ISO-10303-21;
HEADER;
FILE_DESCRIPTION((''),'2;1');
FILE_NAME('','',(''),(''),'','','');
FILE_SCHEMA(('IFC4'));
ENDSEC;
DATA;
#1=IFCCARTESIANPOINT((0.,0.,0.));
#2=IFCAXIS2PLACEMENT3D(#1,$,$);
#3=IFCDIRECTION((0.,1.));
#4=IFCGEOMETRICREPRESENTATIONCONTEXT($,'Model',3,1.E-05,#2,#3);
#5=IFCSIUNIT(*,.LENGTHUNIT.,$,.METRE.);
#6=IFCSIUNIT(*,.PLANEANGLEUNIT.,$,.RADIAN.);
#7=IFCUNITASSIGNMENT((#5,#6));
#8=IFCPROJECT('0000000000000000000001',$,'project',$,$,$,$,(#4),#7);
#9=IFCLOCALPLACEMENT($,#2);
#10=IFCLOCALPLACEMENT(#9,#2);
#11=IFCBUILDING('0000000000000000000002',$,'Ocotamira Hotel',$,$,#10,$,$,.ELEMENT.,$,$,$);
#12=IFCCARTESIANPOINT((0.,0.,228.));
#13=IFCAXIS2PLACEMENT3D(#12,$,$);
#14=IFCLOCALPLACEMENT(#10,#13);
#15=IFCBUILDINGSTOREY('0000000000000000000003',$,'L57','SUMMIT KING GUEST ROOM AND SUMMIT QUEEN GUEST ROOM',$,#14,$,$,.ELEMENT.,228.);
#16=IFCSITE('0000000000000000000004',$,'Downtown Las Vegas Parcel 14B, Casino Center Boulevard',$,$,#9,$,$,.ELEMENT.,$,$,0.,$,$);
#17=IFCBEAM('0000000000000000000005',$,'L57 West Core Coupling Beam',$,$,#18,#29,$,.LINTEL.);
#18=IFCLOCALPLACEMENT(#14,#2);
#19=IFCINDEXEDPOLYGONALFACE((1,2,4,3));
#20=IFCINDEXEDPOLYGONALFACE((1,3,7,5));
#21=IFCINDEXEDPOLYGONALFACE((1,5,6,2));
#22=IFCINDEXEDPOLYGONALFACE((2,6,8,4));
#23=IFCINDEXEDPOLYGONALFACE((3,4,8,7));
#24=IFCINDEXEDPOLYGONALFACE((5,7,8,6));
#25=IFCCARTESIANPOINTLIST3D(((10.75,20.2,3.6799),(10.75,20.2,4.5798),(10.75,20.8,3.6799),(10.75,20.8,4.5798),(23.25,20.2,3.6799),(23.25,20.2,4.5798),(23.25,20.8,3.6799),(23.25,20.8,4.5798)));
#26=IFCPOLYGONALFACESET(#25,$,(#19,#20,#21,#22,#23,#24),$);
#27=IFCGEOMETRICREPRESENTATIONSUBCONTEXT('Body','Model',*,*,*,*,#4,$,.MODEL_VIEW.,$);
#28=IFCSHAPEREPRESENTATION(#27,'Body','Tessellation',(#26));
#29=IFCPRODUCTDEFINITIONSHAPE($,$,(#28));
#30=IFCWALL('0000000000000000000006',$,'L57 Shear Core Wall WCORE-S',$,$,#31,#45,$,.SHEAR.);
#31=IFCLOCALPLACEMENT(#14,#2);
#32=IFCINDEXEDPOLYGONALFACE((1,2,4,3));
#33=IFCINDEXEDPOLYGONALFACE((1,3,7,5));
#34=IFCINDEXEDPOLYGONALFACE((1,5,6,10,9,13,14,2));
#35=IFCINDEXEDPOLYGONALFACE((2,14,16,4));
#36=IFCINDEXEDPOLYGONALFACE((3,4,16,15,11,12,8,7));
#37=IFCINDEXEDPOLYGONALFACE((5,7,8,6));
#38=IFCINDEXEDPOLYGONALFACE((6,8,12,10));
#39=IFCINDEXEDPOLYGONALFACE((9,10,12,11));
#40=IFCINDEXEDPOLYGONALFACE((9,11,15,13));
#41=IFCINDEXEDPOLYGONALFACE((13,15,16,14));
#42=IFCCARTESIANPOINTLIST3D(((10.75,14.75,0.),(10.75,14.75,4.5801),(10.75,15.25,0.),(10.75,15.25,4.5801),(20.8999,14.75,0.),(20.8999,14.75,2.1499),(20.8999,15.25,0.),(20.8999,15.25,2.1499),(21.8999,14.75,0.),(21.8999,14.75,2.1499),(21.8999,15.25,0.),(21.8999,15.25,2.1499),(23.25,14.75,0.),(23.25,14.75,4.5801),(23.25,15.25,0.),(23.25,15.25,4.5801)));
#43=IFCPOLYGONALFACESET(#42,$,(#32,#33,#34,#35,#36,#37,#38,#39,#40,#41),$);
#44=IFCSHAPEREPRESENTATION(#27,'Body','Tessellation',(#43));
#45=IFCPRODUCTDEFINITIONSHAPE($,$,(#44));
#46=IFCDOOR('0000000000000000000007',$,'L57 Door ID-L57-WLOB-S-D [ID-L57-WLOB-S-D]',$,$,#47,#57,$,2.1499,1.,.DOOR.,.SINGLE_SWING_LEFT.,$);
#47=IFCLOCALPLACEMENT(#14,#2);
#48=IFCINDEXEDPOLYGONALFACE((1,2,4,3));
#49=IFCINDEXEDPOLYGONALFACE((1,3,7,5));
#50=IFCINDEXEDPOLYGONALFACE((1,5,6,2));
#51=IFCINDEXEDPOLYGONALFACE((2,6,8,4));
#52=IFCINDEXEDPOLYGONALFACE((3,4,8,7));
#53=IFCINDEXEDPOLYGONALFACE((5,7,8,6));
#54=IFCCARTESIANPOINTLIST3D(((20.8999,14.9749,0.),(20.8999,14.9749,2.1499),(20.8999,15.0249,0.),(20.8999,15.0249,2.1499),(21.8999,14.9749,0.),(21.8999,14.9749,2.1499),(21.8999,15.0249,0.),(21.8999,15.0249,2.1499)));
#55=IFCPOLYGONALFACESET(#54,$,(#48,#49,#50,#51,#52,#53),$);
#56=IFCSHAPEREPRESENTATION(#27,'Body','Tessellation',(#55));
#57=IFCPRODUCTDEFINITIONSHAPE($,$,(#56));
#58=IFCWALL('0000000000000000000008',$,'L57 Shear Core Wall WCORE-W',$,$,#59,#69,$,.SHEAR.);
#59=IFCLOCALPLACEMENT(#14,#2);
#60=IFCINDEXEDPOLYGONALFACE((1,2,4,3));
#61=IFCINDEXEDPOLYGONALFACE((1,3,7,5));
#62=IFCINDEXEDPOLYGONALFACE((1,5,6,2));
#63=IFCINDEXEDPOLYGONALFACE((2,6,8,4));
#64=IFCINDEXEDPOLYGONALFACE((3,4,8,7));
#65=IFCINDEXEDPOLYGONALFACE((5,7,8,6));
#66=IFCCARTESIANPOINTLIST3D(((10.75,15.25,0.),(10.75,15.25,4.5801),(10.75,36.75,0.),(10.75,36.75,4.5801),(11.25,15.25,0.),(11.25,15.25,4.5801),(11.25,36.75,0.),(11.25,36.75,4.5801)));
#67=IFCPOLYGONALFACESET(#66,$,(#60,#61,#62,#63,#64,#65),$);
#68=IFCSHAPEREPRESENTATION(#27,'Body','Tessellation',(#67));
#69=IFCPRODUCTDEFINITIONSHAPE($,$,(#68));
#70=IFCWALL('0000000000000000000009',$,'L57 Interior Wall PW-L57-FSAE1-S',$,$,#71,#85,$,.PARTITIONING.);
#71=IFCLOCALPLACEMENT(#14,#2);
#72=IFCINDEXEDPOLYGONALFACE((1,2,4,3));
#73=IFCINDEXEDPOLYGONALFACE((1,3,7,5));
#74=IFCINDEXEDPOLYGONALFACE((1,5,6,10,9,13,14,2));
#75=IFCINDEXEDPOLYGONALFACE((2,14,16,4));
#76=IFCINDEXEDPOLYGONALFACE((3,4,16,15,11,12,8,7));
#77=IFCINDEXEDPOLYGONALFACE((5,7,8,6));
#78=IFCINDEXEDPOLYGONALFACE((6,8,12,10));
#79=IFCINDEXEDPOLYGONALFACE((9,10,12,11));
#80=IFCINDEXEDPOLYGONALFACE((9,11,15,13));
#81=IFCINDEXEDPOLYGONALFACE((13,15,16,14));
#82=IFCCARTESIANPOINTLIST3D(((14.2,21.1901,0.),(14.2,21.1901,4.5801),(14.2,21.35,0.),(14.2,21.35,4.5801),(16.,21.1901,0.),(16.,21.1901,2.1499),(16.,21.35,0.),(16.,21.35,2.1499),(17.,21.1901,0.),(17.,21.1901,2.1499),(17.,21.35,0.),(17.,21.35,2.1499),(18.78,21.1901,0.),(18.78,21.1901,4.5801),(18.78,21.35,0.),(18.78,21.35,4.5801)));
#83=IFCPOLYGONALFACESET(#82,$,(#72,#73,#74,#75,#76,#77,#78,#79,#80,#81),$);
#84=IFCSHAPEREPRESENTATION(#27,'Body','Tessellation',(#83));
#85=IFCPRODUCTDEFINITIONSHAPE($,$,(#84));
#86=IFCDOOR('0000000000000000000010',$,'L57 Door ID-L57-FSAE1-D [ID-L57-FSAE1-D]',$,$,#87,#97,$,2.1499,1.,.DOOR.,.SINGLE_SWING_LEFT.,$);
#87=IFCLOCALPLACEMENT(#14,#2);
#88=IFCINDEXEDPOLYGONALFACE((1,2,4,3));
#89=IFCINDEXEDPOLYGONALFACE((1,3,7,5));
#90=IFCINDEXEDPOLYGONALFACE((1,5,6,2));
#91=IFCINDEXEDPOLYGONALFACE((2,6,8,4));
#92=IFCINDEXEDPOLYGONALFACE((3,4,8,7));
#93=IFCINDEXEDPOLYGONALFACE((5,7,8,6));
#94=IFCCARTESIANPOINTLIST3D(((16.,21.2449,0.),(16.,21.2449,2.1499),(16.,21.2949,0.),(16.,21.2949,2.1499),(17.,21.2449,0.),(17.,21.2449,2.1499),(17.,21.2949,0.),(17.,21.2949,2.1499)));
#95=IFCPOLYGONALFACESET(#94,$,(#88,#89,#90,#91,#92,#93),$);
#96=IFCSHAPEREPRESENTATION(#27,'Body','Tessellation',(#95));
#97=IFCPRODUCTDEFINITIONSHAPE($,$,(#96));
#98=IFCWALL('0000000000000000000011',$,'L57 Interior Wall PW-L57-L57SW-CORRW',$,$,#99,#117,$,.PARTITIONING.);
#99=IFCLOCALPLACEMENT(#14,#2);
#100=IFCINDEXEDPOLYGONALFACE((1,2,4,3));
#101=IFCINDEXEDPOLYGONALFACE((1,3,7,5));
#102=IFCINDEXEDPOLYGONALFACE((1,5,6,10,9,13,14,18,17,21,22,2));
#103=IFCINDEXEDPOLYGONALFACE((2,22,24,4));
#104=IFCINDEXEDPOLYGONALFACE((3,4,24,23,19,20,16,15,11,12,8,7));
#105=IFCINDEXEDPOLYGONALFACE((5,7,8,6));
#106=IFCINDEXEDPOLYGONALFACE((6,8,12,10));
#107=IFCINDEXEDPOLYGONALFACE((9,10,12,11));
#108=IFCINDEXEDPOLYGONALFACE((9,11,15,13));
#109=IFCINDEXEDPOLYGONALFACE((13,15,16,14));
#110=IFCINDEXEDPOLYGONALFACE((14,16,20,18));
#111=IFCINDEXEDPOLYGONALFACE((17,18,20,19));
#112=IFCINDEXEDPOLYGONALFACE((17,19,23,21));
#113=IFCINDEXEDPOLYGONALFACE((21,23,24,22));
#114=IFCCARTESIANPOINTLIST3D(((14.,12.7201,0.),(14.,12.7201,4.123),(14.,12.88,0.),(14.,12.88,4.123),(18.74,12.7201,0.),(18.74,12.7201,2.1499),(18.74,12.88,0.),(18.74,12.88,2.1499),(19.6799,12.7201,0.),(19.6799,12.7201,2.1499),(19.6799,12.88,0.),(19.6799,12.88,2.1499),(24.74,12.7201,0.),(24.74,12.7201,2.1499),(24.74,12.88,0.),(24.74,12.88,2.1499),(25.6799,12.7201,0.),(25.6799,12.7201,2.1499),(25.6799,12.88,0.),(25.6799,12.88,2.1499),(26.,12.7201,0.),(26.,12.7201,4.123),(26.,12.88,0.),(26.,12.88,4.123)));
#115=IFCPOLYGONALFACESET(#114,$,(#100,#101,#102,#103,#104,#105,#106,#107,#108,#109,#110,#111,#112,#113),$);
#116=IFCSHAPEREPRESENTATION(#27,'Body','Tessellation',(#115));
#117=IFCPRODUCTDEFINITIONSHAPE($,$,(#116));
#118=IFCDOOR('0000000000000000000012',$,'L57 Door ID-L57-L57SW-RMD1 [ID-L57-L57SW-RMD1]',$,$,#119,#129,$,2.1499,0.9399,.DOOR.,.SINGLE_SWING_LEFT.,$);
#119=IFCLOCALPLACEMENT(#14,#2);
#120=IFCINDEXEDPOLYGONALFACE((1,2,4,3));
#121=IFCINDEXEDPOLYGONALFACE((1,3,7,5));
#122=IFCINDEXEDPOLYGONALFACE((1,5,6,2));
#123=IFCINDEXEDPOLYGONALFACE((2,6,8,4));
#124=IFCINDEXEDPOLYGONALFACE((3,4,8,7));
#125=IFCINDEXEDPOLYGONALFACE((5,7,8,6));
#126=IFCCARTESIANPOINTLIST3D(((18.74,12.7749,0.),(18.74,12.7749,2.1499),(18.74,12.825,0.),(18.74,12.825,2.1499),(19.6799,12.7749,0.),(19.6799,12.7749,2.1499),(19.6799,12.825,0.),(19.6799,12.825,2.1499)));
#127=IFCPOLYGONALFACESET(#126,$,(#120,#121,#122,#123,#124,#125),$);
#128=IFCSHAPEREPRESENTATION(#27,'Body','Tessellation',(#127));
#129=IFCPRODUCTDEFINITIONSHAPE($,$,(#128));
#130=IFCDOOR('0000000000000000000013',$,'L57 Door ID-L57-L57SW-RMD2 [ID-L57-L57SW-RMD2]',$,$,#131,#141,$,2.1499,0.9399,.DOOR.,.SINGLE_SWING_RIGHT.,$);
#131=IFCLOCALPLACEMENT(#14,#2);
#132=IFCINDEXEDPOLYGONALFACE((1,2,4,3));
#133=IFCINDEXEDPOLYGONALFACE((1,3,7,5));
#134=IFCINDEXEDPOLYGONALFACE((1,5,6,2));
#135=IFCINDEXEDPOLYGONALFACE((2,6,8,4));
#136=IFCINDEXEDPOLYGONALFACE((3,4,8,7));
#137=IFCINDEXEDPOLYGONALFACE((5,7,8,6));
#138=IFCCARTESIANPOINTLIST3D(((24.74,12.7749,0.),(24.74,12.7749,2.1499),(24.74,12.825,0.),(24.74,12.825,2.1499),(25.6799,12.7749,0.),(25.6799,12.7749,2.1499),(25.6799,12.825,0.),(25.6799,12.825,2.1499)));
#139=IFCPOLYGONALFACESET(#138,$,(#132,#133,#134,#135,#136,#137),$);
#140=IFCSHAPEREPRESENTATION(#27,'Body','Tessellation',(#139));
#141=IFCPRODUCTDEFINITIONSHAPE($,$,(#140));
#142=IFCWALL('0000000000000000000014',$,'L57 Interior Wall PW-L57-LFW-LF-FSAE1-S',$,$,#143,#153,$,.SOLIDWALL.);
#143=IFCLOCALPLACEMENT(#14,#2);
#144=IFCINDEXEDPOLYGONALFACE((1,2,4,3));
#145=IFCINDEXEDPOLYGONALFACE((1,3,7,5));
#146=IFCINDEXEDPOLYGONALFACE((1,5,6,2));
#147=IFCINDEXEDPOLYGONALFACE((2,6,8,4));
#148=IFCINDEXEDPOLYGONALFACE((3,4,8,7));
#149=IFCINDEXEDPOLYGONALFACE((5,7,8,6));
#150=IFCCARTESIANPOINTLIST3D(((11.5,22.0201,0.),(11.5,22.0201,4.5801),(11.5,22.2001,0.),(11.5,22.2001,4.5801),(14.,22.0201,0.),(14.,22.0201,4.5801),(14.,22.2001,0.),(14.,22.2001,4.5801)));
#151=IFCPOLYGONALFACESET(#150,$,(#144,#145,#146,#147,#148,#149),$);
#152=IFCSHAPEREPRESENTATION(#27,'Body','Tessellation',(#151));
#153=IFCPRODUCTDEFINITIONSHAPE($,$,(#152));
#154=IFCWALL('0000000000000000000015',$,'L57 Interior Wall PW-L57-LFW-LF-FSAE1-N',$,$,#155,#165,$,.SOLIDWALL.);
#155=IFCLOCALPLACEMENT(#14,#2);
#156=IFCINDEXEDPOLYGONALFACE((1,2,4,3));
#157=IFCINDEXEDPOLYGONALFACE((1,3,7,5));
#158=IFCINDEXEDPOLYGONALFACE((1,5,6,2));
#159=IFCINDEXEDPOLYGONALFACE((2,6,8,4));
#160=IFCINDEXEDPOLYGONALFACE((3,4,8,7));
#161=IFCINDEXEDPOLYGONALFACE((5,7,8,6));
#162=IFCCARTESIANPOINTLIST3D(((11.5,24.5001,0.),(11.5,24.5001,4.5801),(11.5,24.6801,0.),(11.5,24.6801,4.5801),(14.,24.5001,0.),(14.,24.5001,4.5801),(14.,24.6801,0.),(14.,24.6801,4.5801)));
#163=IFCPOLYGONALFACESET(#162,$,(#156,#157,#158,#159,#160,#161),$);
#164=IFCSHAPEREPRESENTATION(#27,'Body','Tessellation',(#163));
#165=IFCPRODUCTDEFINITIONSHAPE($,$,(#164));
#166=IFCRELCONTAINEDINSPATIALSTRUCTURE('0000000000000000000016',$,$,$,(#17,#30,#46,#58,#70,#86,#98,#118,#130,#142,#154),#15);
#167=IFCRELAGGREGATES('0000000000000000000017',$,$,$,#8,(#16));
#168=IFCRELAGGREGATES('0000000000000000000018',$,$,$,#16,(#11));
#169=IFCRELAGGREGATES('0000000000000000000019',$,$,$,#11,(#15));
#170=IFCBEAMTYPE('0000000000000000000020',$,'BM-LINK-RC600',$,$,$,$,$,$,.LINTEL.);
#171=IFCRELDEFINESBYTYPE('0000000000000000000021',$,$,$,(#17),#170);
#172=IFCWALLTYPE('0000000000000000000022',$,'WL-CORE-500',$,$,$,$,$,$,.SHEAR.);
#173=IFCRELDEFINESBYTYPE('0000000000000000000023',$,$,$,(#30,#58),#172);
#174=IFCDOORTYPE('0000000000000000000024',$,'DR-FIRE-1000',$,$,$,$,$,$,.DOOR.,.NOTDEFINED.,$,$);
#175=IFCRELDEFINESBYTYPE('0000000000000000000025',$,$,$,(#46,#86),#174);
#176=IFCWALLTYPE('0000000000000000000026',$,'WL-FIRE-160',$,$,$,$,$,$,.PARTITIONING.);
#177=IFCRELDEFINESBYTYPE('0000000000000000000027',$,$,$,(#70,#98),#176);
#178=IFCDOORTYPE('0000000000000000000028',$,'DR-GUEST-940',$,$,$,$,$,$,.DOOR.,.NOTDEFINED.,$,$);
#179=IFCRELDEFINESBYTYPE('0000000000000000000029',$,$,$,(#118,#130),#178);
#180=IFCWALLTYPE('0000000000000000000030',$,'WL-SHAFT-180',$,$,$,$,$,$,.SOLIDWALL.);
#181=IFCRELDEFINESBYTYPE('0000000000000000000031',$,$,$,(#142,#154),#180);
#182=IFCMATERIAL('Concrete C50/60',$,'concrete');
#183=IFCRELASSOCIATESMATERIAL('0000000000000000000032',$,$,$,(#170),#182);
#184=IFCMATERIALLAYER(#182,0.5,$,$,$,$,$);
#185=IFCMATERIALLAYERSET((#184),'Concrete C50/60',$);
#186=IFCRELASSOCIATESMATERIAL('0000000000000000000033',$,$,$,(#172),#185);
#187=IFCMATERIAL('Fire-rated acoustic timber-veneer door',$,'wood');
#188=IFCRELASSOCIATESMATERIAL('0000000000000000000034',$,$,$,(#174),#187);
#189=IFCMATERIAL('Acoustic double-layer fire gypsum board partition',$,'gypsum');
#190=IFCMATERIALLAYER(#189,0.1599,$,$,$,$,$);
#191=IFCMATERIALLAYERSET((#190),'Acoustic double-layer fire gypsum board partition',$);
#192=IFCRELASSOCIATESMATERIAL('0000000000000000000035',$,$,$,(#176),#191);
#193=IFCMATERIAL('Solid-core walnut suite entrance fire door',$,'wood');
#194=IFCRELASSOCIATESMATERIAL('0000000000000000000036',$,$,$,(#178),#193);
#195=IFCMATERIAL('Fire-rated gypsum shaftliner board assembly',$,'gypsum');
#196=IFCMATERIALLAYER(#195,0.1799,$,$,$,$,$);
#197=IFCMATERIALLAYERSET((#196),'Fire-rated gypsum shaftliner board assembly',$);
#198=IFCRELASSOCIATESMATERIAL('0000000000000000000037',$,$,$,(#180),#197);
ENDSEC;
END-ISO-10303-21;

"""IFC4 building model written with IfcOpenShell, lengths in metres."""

from ifc_helpers import new_model, si_unit, direction, frame, frame_2d, origin, origin_2d, place, context, subcontext, project, spatial, rectangle, extrude, source, transform, mapped, material, layer, layer_set, material_profile, profile_set, type_object, element, fill, save


model = new_model("IFC4")

# Units and contexts
model_context = context("Model", 3, precision=1e-05, world=origin(), true_north=direction((0.0, 1.0)))
body_context = subcontext(model_context, "Body", "Model", "MODEL_VIEW")
ifc_project = project(units=[si_unit("LENGTHUNIT", "METRE"), si_unit("PLANEANGLEUNIT", "RADIAN")], contexts=[model_context])

# Site, building, storey
site_placement = place(None, origin())
site = spatial("IfcSite", under=ifc_project, at=site_placement, Name="Downtown Las Vegas Parcel 14B, Casino Center Boulevard", CompositionType="ELEMENT", RefElevation=0.0)
building_placement = place(site_placement, origin())
building = spatial("IfcBuilding", under=site, at=building_placement, Name="Ocotamira Hotel", CompositionType="ELEMENT")
storey_placement = place(building_placement, frame((0.0, 0.0, 228.0)))
storey = spatial("IfcBuildingStorey", under=building, at=storey_placement, Name="L57", Description="SUMMIT KING GUEST ROOM AND SUMMIT QUEEN GUEST ROOM", CompositionType="ELEMENT", Elevation=228.0)

# Beam
ifc_material_1 = material(Name="Concrete C50/60", Category="concrete")
ifc_material_profile = material_profile(ifc_material_1, rectangle(XDim=0.6001, YDim=0.8999, at=origin_2d()), Name="RC600X900")
ifc_profile_set = profile_set([ifc_material_profile], Name="Concrete C50/60")
beam_type = type_object("IfcBeamType", Name="BM-LINK-RC600", PredefinedType="LINTEL", material=ifc_profile_set)
shared_shape_1 = source(origin(), body_context, "Body", "SweptSolid", [
    extrude(rectangle(XDim=0.6001, YDim=0.8999, at=origin_2d()), origin(), (0.0, 0.0, 1.0), 12.5),
])
beam_placement = place(storey_placement, frame((10.75, 20.5, 4.1299), z_axis=(1.0, 0.0, 0.0), x_axis=(0.0, 1.0, 0.0)))
element("IfcBeam", 1, at=beam_placement, inside=storey, type_object=beam_type, Name="L57 West Core Coupling Beam", PredefinedType="LINTEL", context=body_context, shape_type="MappedRepresentation", body=[
    mapped(shared_shape_1, transform((0.0, 0.0, 0.0), scale=1.0)),
])

# Wall, opening, door
ifc_layer_1 = layer(ifc_material_1, 0.5)
ifc_layer_set_1 = layer_set([ifc_layer_1], Name="Concrete C50/60")
wall_type_1 = type_object("IfcWallType", Name="WL-CORE-500", PredefinedType="SHEAR", material=ifc_layer_set_1)
wall_1_placement = place(storey_placement, frame((10.75, 15.0, 0.0), z_axis=(0.0, 0.0, 1.0), x_axis=(1.0, 0.0, 0.0)))
wall_1 = element("IfcWall", 2, at=wall_1_placement, inside=storey, type_object=wall_type_1, Name="L57 Shear Core Wall WCORE-S", PredefinedType="SHEAR", context=body_context, shape_type="SweptSolid", body=[
    extrude(rectangle(XDim=12.5, YDim=0.5, at=frame_2d((6.25, 0.0))), origin(), (0.0, 0.0, 1.0), 4.5801),
])
opening_1_placement = place(wall_1_placement, frame((10.1499, 0.0, 0.0)))
opening_1 = element("IfcOpeningElement", 3, at=opening_1_placement, cuts=wall_1, PredefinedType="OPENING", context=body_context, shape_type="SweptSolid", body=[
    extrude(rectangle(XDim=1.0, YDim=2.1499, at=frame_2d((0.5, 1.075))), frame((0.0, 0.26, 0.0), z_axis=(0.0, -1.0, 0.0), x_axis=(1.0, 0.0, 0.0)), (0.0, 0.0, 1.0), 0.52),
])
ifc_material_2 = material(Name="Fire-rated acoustic timber-veneer door", Category="wood")
door_type_1 = type_object("IfcDoorType", Name="DR-FIRE-1000", OperationType="NOTDEFINED", PredefinedType="DOOR", material=ifc_material_2)
shared_shape_2 = source(origin(), body_context, "Body", "SweptSolid", [
    extrude(rectangle(XDim=1.0, YDim=2.1499, at=frame_2d((0.5, 1.075))), frame((0.0, 0.0249, 0.0), z_axis=(0.0, -1.0, 0.0), x_axis=(1.0, 0.0, 0.0)), (0.0, 0.0, 1.0), 0.05),
])
door_1_placement = place(opening_1_placement, origin())
door_1 = element("IfcDoor", 4, at=door_1_placement, inside=storey, type_object=door_type_1, Name="L57 Door ID-L57-WLOB-S-D [ID-L57-WLOB-S-D]", OperationType="SINGLE_SWING_LEFT", OverallHeight=2.1499, OverallWidth=1.0, PredefinedType="DOOR", context=body_context, shape_type="MappedRepresentation", body=[
    mapped(shared_shape_2, transform((0.0, 0.0, 0.0), scale=1.0)),
])
fill(opening_1, door_1)

# Wall
wall_2_placement = place(storey_placement, frame((11.0, 15.25, 0.0), z_axis=(0.0, 0.0, 1.0), x_axis=(0.0, 1.0, 0.0)))
element("IfcWall", 5, at=wall_2_placement, inside=storey, type_object=wall_type_1, Name="L57 Shear Core Wall WCORE-W", PredefinedType="SHEAR", context=body_context, shape_type="SweptSolid", body=[
    extrude(rectangle(XDim=21.5, YDim=0.5, at=frame_2d((10.75, 0.0))), origin(), (0.0, 0.0, 1.0), 4.5801),
])

# Wall, opening, door
ifc_material_3 = material(Name="Acoustic double-layer fire gypsum board partition", Category="gypsum")
ifc_layer_2 = layer(ifc_material_3, 0.1599)
ifc_layer_set_2 = layer_set([ifc_layer_2], Name="Acoustic double-layer fire gypsum board partition")
wall_type_2 = type_object("IfcWallType", Name="WL-FIRE-160", PredefinedType="PARTITIONING", material=ifc_layer_set_2)
wall_3_placement = place(storey_placement, frame((14.2, 21.27, 0.0), z_axis=(0.0, 0.0, 1.0), x_axis=(1.0, 0.0, 0.0)))
wall_3 = element("IfcWall", 6, at=wall_3_placement, inside=storey, type_object=wall_type_2, Name="L57 Interior Wall PW-L57-FSAE1-S", PredefinedType="PARTITIONING", context=body_context, shape_type="SweptSolid", body=[
    extrude(rectangle(XDim=4.5801, YDim=0.1599, at=frame_2d((2.29, 0.0))), origin(), (0.0, 0.0, 1.0), 4.5801),
])
opening_2_placement = place(wall_3_placement, frame((1.8, 0.0, 0.0)))
opening_2 = element("IfcOpeningElement", 7, at=opening_2_placement, cuts=wall_3, PredefinedType="OPENING", context=body_context, shape_type="SweptSolid", body=[
    extrude(rectangle(XDim=1.0, YDim=2.1499, at=frame_2d((0.5, 1.075))), frame((0.0, 0.0898, 0.0), z_axis=(0.0, -1.0, 0.0), x_axis=(1.0, 0.0, 0.0)), (0.0, 0.0, 1.0), 0.1799),
])
door_2_placement = place(opening_2_placement, origin())
door_2 = element("IfcDoor", 8, at=door_2_placement, inside=storey, type_object=door_type_1, Name="L57 Door ID-L57-FSAE1-D [ID-L57-FSAE1-D]", OperationType="SINGLE_SWING_LEFT", OverallHeight=2.1499, OverallWidth=1.0, PredefinedType="DOOR", context=body_context, shape_type="MappedRepresentation", body=[
    mapped(shared_shape_2, transform((0.0, 0.0, 0.0), scale=1.0)),
])
fill(opening_2, door_2)

# Wall, openings, doors
wall_4_placement = place(storey_placement, frame((14.0, 12.8, 0.0), z_axis=(0.0, 0.0, 1.0), x_axis=(1.0, 0.0, 0.0)))
wall_4 = element("IfcWall", 9, at=wall_4_placement, inside=storey, type_object=wall_type_2, Name="L57 Interior Wall PW-L57-L57SW-CORRW", PredefinedType="PARTITIONING", context=body_context, shape_type="SweptSolid", body=[
    extrude(rectangle(XDim=12.0, YDim=0.1599, at=frame_2d((6.0, 0.0))), origin(), (0.0, 0.0, 1.0), 4.123),
])
opening_3_placement = place(wall_4_placement, frame((4.74, 0.0, 0.0)))
opening_3 = element("IfcOpeningElement", 10, at=opening_3_placement, cuts=wall_4, PredefinedType="OPENING", context=body_context, shape_type="SweptSolid", body=[
    extrude(rectangle(XDim=0.9399, YDim=2.1499, at=frame_2d((0.47, 1.075))), frame((0.0, 0.0898, 0.0), z_axis=(0.0, -1.0, 0.0), x_axis=(1.0, 0.0, 0.0)), (0.0, 0.0, 1.0), 0.1799),
])
opening_4_placement = place(wall_4_placement, frame((10.74, 0.0, 0.0)))
opening_4 = element("IfcOpeningElement", 11, at=opening_4_placement, cuts=wall_4, PredefinedType="OPENING", context=body_context, shape_type="SweptSolid", body=[
    extrude(rectangle(XDim=0.9399, YDim=2.1499, at=frame_2d((0.47, 1.075))), frame((0.0, 0.0898, 0.0), z_axis=(0.0, -1.0, 0.0), x_axis=(1.0, 0.0, 0.0)), (0.0, 0.0, 1.0), 0.1799),
])
ifc_material_4 = material(Name="Solid-core walnut suite entrance fire door", Category="wood")
door_type_2 = type_object("IfcDoorType", Name="DR-GUEST-940", OperationType="NOTDEFINED", PredefinedType="DOOR", material=ifc_material_4)
shared_shape_3 = source(origin(), body_context, "Body", "SweptSolid", [
    extrude(rectangle(XDim=0.9399, YDim=2.1499, at=frame_2d((0.47, 1.075))), frame((0.0, 0.0249, 0.0), z_axis=(0.0, -1.0, 0.0), x_axis=(1.0, 0.0, 0.0)), (0.0, 0.0, 1.0), 0.05),
])
door_3_placement = place(opening_3_placement, origin())
door_3 = element("IfcDoor", 12, at=door_3_placement, inside=storey, type_object=door_type_2, Name="L57 Door ID-L57-L57SW-RMD1 [ID-L57-L57SW-RMD1]", OperationType="SINGLE_SWING_LEFT", OverallHeight=2.1499, OverallWidth=0.9399, PredefinedType="DOOR", context=body_context, shape_type="MappedRepresentation", body=[
    mapped(shared_shape_3, transform((0.0, 0.0, 0.0), scale=1.0)),
])
fill(opening_3, door_3)
door_4_placement = place(opening_4_placement, origin())
door_4 = element("IfcDoor", 13, at=door_4_placement, inside=storey, type_object=door_type_2, Name="L57 Door ID-L57-L57SW-RMD2 [ID-L57-L57SW-RMD2]", OperationType="SINGLE_SWING_RIGHT", OverallHeight=2.1499, OverallWidth=0.9399, PredefinedType="DOOR", context=body_context, shape_type="MappedRepresentation", body=[
    mapped(shared_shape_3, transform((0.0, 0.0, 0.0), scale=1.0)),
])
fill(opening_4, door_4)

# Walls
ifc_material_5 = material(Name="Fire-rated gypsum shaftliner board assembly", Category="gypsum")
ifc_layer_3 = layer(ifc_material_5, 0.1799)
ifc_layer_set_3 = layer_set([ifc_layer_3], Name="Fire-rated gypsum shaftliner board assembly")
wall_type_3 = type_object("IfcWallType", Name="WL-SHAFT-180", PredefinedType="SOLIDWALL", material=ifc_layer_set_3)
for number, where, z_axis, x_axis, name in (
    (14, (11.5, 22.1101, 0.0), (0.0, 0.0, 1.0), (1.0, 0.0, 0.0), "L57 Interior Wall PW-L57-LFW-LF-FSAE1-S"),
    (15, (11.5, 24.5901, 0.0), (0.0, 0.0, 1.0), (1.0, 0.0, 0.0), "L57 Interior Wall PW-L57-LFW-LF-FSAE1-N"),
):
    element("IfcWall", number, at=place(storey_placement, frame(where, z_axis=z_axis, x_axis=x_axis)), inside=storey, type_object=wall_type_3, Name=name, PredefinedType="SOLIDWALL", context=body_context, shape_type="SweptSolid", body=[
        extrude(rectangle(XDim=2.5, YDim=0.1799, at=frame_2d((1.25, 0.0))), origin(), (0.0, 0.0, 1.0), 4.5801),
    ])

save(model, "model.ifc")
